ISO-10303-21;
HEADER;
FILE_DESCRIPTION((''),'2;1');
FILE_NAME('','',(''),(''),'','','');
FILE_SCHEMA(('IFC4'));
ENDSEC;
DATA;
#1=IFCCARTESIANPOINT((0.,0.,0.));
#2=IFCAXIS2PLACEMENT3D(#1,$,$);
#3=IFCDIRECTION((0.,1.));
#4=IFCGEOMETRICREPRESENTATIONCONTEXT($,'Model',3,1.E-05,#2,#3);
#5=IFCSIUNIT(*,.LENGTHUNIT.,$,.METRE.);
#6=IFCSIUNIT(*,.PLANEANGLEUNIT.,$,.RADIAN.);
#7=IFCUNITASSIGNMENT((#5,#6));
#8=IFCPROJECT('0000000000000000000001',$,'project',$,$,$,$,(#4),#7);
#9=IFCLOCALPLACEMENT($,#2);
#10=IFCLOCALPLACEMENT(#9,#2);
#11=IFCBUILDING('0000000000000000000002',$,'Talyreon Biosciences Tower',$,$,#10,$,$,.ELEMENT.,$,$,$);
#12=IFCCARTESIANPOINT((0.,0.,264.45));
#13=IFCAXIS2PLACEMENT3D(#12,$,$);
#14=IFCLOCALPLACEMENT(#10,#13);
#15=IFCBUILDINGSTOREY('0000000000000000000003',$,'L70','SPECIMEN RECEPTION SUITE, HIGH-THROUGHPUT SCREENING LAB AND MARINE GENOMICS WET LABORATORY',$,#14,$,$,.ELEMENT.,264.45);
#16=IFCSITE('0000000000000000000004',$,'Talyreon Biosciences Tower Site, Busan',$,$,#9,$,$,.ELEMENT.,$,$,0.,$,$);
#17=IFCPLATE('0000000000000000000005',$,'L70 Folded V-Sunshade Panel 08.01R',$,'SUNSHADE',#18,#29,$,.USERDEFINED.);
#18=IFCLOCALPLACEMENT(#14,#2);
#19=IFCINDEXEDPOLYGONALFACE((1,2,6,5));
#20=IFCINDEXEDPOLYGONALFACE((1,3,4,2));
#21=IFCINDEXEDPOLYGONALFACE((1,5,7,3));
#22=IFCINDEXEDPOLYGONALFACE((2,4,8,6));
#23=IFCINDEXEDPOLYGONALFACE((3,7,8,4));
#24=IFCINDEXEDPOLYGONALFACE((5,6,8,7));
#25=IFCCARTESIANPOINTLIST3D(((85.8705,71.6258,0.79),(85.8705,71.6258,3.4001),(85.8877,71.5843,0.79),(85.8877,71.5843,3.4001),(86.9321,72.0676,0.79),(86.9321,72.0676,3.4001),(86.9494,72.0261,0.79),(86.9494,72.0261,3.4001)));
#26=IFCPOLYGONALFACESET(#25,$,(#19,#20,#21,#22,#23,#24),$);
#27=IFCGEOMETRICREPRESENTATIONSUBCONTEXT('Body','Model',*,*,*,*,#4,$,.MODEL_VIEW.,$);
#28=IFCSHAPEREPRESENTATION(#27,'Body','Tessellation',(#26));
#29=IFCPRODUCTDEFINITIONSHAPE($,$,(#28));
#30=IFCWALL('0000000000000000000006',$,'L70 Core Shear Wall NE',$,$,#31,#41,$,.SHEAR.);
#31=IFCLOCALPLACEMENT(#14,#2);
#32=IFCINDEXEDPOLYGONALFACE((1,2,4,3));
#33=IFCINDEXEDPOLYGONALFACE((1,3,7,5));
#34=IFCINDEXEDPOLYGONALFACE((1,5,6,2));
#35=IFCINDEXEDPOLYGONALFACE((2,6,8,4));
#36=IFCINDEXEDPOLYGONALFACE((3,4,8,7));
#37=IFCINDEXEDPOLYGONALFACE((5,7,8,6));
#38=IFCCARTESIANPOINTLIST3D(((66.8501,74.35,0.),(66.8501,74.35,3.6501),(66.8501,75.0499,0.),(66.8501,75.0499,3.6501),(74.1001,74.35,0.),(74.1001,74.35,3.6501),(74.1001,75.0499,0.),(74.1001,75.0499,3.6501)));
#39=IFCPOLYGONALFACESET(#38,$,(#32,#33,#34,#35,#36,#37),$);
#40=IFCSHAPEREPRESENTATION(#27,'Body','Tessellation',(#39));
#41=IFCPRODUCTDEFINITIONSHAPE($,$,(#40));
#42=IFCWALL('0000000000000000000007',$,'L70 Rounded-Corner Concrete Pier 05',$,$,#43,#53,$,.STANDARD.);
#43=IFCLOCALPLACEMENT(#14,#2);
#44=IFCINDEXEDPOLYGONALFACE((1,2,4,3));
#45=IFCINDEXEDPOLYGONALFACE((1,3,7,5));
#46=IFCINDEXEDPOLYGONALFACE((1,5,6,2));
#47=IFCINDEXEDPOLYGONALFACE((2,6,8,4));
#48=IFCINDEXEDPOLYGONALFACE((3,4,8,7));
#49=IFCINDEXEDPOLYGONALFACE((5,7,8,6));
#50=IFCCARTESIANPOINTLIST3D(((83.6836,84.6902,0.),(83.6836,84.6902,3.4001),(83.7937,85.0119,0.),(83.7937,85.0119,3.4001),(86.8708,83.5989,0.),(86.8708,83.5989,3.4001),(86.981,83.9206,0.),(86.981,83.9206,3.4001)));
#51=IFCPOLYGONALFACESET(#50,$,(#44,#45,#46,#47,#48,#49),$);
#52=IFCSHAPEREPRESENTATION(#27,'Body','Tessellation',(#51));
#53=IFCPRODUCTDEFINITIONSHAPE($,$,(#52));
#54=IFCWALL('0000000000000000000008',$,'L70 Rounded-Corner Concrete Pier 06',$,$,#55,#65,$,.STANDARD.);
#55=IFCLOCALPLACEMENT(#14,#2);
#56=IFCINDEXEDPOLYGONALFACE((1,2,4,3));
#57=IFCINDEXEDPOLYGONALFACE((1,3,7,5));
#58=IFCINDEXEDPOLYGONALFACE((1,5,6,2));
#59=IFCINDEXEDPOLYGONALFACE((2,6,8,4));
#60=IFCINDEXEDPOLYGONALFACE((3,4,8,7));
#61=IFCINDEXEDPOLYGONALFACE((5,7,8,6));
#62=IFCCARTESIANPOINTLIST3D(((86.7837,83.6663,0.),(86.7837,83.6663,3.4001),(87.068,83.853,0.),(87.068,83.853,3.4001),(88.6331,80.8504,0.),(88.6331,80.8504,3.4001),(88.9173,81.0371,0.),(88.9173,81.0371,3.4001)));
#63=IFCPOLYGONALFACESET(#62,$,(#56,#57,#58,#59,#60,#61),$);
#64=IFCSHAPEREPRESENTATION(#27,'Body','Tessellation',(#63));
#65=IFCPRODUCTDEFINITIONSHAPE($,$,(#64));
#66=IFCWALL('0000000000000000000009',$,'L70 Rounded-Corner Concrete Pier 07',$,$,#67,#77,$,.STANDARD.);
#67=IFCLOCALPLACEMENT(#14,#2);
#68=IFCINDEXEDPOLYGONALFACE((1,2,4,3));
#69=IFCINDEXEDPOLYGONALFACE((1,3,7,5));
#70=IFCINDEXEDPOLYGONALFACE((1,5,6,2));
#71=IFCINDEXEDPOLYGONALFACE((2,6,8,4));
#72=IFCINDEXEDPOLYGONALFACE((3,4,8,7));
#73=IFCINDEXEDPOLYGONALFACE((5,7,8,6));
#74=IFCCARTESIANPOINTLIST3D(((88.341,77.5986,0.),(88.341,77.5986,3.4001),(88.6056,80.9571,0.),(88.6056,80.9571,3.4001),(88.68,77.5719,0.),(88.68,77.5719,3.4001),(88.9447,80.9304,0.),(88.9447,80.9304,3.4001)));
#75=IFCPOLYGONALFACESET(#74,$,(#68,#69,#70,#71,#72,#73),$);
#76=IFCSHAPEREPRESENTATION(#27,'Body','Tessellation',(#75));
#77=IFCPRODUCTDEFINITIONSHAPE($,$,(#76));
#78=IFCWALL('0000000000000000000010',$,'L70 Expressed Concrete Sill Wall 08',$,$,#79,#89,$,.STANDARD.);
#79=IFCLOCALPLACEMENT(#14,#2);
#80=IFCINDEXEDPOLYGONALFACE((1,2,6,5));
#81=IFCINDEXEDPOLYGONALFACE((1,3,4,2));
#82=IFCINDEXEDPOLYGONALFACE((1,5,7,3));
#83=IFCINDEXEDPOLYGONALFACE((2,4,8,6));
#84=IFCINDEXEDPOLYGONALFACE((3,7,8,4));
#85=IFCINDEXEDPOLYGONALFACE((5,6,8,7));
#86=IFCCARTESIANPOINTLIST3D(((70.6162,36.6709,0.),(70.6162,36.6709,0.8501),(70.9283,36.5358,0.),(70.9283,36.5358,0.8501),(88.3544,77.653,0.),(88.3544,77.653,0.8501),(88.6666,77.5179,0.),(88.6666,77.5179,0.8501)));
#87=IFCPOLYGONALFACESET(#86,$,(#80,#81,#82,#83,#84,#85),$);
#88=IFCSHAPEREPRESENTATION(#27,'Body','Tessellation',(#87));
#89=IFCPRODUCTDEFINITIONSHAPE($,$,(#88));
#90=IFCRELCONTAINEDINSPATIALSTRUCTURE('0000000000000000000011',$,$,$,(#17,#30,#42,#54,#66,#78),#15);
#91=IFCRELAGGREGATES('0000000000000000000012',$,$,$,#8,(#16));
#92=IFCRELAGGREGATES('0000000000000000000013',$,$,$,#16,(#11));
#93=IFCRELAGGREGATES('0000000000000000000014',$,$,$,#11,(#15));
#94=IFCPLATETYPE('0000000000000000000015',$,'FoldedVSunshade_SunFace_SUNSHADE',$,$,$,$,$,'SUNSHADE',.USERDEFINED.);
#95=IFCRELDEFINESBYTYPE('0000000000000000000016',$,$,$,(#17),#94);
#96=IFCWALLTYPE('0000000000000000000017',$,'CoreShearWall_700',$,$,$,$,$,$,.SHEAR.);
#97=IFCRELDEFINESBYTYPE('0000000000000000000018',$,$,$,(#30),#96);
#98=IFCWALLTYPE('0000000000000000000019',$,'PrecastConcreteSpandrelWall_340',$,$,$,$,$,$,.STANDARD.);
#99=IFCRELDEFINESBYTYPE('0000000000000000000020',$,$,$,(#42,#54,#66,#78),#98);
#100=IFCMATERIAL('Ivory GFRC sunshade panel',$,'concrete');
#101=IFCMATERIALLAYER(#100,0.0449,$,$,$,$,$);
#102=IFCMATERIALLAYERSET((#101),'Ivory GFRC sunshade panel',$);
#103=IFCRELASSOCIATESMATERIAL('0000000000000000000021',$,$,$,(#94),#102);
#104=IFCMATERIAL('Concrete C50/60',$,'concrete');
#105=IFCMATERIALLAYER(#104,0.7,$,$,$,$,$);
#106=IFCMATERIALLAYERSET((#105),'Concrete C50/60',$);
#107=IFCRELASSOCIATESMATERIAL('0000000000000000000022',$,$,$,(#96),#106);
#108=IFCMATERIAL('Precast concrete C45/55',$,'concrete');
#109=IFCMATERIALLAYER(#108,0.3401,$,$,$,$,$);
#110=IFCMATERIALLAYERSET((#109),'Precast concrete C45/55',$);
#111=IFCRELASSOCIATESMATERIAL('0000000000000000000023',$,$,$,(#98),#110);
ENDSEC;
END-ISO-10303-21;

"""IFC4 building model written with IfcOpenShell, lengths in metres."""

from ifc_helpers import new_model, si_unit, direction, frame, frame_2d, origin, origin_2d, place, context, subcontext, project, spatial, rectangle, extrude, material, layer, layer_set, type_object, element, save


model = new_model("IFC4")

# Units and contexts
model_context = context("Model", 3, precision=1e-05, world=origin(), true_north=direction((0.0, 1.0)))
body_context = subcontext(model_context, "Body", "Model", "MODEL_VIEW")
ifc_project = project(units=[si_unit("LENGTHUNIT", "METRE"), si_unit("PLANEANGLEUNIT", "RADIAN")], contexts=[model_context])

# Site, building, storey
site_placement = place(None, origin())
site = spatial("IfcSite", under=ifc_project, at=site_placement, Name="Talyreon Biosciences Tower Site, Busan", CompositionType="ELEMENT", RefElevation=0.0)
building_placement = place(site_placement, origin())
building = spatial("IfcBuilding", under=site, at=building_placement, Name="Talyreon Biosciences Tower", CompositionType="ELEMENT")
storey_placement = place(building_placement, frame((0.0, 0.0, 264.45)))
storey = spatial("IfcBuildingStorey", under=building, at=storey_placement, Name="L70", Description="SPECIMEN RECEPTION SUITE, HIGH-THROUGHPUT SCREENING LAB AND MARINE GENOMICS WET LABORATORY", CompositionType="ELEMENT", Elevation=264.45)

# Shared definitions
ifc_material_1 = material(Name="Concrete C50/60", Category="concrete")

# Shared definitions
ifc_material_2 = material(Name="Precast concrete C45/55", Category="concrete")

# Plate
ifc_material_3 = material(Name="Ivory GFRC sunshade panel", Category="concrete")
ifc_layer_1 = layer(ifc_material_3, 0.0449)
ifc_layer_set_1 = layer_set([ifc_layer_1], Name="Ivory GFRC sunshade panel")
plate_type_1 = type_object("IfcPlateType", Name="FoldedVSunshade_SunFace_SUNSHADE", ElementType="SUNSHADE", PredefinedType="USERDEFINED", material=ifc_layer_set_1)
for number, where, z_axis, x_axis, name in (
    (1, (86.4099, 71.8259, 0.79), (0.0, 0.0, 1.0), (-0.923244, -0.384215, 0.0), "L70 Folded V-Sunshade Panel 08.01R"),
):
    element("IfcPlate", number, at=place(storey_placement, frame(where, z_axis=z_axis, x_axis=x_axis)), inside=storey, type_object=plate_type_1, Name=name, ObjectType="SUNSHADE", PredefinedType="USERDEFINED", context=body_context, shape_type="SweptSolid", body=[
        extrude(rectangle(XDim=1.1499, YDim=0.0449, at=origin_2d()), origin(), (0.0, 0.0, 1.0), 2.6101),
    ])

# Walls
ifc_layer_2 = layer(ifc_material_1, 0.7)
ifc_layer_set_2 = layer_set([ifc_layer_2], Name="Concrete C50/60")
wall_type_1 = type_object("IfcWallType", Name="CoreShearWall_700", PredefinedType="SHEAR", material=ifc_layer_set_2)
wall_1_placement = place(storey_placement, frame((74.1001, 74.7, 0.0), z_axis=(0.0, 0.0, 1.0), x_axis=(-1.0, 0.0, 0.0)))
element("IfcWall", 2, at=wall_1_placement, inside=storey, type_object=wall_type_1, Name="L70 Core Shear Wall NE", PredefinedType="SHEAR", context=body_context, shape_type="SweptSolid", body=[
    extrude(rectangle(XDim=7.25, YDim=0.7, at=frame_2d((3.625, 0.0))), origin(), (0.0, 0.0, 1.0), 3.6501),
])
ifc_layer_3 = layer(ifc_material_2, 0.3401)
ifc_layer_set_3 = layer_set([ifc_layer_3], Name="Precast concrete C45/55")
wall_type_2 = type_object("IfcWallType", Name="PrecastConcreteSpandrelWall_340", PredefinedType="STANDARD", material=ifc_layer_set_3)
for number, where, z_axis, x_axis, name in (
    (3, (83.7385, 84.8511, 0.0), (0.0, 0.0, 1.0), (0.946079, -0.323935, 0.0), "L70 Rounded-Corner Concrete Pier 05"),
    (4, (86.9258, 83.7598, 0.0), (0.0, 0.0, 1.0), (0.548951, -0.835855, 0.0), "L70 Rounded-Corner Concrete Pier 06"),
    (5, (88.7751, 80.9438, 0.0), (0.0, 0.0, 1.0), (-0.078558, -0.99691, 0.0), "L70 Rounded-Corner Concrete Pier 07"),
):
    element("IfcWall", number, at=place(storey_placement, frame(where, z_axis=z_axis, x_axis=x_axis)), inside=storey, type_object=wall_type_2, Name=name, PredefinedType="STANDARD", context=body_context, shape_type="SweptSolid", body=[
        extrude(rectangle(XDim=3.3689, YDim=0.3401, at=frame_2d((1.6846, 0.0))), origin(), (0.0, 0.0, 1.0), 3.4001),
    ])
wall_2_placement = place(storey_placement, frame((88.5105, 77.5854, 0.0), z_axis=(0.0, 0.0, 1.0), x_axis=(-0.397218, -0.917724, 0.0)))
element("IfcWall", 6, at=wall_2_placement, inside=storey, type_object=wall_type_2, Name="L70 Expressed Concrete Sill Wall 08", PredefinedType="STANDARD", context=body_context, shape_type="SweptSolid", body=[
    extrude(rectangle(XDim=44.6562, YDim=0.3401, at=frame_2d((22.3281, 0.0))), origin(), (0.0, 0.0, 1.0), 0.8501),
])

save(model, "model.ifc")
